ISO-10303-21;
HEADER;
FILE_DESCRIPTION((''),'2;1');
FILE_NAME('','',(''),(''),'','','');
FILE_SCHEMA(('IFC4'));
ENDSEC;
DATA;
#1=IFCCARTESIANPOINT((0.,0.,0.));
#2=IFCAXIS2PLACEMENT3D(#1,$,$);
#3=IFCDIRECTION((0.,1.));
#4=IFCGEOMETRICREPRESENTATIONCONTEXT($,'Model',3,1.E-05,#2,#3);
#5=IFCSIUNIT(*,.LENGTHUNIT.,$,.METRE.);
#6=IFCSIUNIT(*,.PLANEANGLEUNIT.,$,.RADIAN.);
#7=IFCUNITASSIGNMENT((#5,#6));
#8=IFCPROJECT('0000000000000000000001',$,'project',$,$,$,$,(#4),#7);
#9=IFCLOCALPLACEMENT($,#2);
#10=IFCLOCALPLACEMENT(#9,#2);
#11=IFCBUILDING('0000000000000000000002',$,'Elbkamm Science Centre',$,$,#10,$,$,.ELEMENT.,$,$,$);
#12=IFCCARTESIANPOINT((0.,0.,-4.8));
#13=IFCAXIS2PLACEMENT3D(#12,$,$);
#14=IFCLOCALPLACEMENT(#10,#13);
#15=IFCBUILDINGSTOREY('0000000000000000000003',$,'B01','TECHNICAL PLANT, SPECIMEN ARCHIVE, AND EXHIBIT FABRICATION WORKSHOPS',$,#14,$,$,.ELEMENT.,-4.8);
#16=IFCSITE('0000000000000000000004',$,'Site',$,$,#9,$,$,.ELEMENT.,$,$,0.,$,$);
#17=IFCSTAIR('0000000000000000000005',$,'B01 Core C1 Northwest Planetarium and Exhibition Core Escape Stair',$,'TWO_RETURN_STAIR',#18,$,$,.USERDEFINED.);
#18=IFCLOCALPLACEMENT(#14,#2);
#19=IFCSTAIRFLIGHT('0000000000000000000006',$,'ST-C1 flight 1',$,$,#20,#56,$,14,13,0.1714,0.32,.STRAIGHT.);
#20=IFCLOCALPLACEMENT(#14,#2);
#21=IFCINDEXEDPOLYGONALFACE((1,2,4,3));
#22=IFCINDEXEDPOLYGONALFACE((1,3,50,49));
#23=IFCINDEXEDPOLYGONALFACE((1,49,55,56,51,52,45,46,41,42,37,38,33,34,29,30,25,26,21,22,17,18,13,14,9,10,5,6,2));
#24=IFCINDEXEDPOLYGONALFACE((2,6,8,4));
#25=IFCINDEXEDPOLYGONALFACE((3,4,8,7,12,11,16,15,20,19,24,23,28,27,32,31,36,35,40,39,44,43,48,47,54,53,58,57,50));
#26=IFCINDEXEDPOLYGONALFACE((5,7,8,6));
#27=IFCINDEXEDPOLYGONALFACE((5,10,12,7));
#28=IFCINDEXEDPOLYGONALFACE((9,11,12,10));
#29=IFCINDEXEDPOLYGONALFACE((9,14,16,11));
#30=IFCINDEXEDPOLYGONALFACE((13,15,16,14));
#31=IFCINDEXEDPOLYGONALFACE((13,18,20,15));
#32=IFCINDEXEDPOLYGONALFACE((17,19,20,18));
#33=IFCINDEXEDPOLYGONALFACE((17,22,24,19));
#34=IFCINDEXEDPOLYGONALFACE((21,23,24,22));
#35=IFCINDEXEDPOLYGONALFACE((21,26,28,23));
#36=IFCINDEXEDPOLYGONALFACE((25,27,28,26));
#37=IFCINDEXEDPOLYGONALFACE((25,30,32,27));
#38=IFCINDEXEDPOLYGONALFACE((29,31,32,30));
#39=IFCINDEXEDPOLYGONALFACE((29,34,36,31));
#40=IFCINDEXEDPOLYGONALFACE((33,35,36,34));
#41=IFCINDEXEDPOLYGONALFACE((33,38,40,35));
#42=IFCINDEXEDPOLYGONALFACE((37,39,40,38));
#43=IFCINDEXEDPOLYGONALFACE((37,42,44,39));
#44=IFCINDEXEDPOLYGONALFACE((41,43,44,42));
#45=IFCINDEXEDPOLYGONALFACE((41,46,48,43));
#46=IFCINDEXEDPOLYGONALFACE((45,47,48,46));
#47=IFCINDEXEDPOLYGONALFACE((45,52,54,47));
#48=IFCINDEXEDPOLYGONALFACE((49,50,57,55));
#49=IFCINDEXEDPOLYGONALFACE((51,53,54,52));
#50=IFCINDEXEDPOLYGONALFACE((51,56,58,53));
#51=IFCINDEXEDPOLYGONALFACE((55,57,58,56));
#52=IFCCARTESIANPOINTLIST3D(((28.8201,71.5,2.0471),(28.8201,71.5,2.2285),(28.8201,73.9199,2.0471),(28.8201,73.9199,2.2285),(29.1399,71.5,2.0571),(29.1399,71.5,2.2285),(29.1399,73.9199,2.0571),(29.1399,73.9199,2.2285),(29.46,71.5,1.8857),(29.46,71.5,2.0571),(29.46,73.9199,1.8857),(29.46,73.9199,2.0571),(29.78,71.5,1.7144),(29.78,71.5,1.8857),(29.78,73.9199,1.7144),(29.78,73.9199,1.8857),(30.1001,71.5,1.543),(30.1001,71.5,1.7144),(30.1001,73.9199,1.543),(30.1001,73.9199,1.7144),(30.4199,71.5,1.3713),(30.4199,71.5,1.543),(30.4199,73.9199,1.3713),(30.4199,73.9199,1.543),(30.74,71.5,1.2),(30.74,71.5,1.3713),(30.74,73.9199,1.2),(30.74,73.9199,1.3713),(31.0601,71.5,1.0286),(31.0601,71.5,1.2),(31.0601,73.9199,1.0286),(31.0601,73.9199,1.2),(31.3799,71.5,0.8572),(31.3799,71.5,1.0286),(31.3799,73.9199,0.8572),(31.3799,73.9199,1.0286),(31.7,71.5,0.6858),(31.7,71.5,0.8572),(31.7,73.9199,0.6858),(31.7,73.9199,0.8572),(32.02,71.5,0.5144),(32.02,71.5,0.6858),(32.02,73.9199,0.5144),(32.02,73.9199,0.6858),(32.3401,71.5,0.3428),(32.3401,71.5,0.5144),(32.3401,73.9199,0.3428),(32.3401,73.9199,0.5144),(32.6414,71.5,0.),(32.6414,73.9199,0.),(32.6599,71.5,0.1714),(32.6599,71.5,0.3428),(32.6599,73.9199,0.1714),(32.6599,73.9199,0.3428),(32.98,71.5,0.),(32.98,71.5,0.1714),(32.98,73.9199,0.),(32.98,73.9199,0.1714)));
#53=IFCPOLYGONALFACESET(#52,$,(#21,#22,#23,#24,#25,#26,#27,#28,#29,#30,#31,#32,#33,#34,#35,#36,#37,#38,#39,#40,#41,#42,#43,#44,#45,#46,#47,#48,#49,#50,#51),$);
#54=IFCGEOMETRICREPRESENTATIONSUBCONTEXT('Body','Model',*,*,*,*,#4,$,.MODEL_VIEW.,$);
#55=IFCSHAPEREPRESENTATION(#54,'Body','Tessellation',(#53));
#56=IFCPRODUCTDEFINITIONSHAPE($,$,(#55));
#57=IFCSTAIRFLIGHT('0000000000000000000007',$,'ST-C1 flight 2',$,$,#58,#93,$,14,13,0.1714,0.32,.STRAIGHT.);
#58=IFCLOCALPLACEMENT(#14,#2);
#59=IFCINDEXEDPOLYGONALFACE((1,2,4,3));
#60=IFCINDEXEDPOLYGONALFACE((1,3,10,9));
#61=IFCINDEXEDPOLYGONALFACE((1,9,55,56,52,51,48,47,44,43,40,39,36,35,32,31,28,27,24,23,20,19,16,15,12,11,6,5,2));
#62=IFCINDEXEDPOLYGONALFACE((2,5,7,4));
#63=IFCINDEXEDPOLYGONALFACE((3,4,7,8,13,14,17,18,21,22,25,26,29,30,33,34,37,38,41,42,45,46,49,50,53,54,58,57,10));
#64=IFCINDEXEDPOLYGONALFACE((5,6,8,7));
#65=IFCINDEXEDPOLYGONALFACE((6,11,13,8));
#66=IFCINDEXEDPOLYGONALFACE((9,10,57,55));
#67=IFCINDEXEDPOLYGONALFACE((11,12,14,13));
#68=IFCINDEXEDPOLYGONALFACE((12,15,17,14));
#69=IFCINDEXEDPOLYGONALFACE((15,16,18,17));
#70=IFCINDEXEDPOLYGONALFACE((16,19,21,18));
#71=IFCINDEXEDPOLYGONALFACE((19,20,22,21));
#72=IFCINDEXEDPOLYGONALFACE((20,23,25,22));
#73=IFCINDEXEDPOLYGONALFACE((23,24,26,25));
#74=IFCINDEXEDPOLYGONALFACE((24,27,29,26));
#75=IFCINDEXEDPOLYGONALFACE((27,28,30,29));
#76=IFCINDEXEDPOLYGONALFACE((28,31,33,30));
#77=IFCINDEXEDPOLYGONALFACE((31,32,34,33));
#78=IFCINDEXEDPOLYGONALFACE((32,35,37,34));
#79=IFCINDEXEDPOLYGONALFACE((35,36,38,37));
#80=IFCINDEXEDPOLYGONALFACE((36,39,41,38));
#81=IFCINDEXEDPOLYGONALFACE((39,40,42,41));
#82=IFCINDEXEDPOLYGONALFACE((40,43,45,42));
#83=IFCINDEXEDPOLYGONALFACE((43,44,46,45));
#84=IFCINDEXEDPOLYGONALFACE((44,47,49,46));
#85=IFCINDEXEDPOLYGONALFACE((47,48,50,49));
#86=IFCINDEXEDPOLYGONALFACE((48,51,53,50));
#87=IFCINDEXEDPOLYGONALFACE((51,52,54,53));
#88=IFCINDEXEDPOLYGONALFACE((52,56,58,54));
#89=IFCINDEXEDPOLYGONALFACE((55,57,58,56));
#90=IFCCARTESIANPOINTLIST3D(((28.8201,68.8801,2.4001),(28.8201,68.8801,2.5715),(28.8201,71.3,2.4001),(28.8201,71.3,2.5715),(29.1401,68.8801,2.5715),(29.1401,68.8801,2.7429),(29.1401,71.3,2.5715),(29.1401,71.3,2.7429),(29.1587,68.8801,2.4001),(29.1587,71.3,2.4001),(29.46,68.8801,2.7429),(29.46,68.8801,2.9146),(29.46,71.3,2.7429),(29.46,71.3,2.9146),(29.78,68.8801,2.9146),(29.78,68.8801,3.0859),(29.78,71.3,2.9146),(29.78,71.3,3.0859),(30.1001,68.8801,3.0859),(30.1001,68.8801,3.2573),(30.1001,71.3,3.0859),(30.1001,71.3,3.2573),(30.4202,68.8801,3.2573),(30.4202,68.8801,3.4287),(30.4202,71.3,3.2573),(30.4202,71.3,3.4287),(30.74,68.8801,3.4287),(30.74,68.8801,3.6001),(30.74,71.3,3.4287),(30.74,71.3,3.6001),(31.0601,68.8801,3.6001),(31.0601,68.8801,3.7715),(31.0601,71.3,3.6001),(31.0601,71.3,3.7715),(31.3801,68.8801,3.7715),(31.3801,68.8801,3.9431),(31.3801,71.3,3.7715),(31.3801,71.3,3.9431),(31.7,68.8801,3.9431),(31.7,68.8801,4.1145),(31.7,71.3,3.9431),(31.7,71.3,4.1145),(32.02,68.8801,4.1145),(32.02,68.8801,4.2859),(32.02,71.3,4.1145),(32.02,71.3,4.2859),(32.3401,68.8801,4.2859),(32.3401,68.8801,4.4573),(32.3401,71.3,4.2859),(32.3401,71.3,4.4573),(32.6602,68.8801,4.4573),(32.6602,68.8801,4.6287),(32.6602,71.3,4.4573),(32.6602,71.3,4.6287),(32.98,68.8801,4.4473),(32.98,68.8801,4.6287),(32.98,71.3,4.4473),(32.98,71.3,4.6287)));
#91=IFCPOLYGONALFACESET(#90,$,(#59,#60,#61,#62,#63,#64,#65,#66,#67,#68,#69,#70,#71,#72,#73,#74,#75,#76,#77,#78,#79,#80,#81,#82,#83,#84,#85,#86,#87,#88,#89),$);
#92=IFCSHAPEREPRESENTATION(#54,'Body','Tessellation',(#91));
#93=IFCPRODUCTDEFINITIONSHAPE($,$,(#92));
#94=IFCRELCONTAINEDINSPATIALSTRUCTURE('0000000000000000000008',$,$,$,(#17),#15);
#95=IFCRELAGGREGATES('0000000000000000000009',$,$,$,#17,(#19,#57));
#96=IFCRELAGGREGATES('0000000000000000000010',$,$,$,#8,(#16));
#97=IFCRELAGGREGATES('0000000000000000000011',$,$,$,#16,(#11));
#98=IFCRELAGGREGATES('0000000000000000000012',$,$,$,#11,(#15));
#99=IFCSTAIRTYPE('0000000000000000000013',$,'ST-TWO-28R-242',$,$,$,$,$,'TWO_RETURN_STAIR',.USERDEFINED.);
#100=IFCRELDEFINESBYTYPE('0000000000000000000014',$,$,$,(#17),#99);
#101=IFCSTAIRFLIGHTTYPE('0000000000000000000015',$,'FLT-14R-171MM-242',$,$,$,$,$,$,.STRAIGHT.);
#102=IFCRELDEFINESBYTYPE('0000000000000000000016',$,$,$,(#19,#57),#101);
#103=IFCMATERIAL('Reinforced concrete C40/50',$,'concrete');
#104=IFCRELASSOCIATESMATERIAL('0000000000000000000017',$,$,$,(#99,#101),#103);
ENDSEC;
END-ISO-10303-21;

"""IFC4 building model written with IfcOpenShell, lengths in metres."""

from ifc_helpers import new_model, si_unit, direction, frame, origin, place, context, subcontext, project, spatial, polyline, outline, extrude, material, type_object, element, aggregate, save


model = new_model("IFC4")

# Units and contexts
model_context = context("Model", 3, precision=1e-05, world=origin(), true_north=direction((0.0, 1.0)))
body_context = subcontext(model_context, "Body", "Model", "MODEL_VIEW")
ifc_project = project(units=[si_unit("LENGTHUNIT", "METRE"), si_unit("PLANEANGLEUNIT", "RADIAN")], contexts=[model_context])

# Site, building, storey
site_placement = place(None, origin())
site = spatial("IfcSite", under=ifc_project, at=site_placement, Name="Site", CompositionType="ELEMENT", RefElevation=0.0)
building_placement = place(site_placement, origin())
building = spatial("IfcBuilding", under=site, at=building_placement, Name="Elbkamm Science Centre", CompositionType="ELEMENT")
storey_placement = place(building_placement, frame((0.0, 0.0, -4.8)))
storey = spatial("IfcBuildingStorey", under=building, at=storey_placement, Name="B01", Description="TECHNICAL PLANT, SPECIMEN ARCHIVE, AND EXHIBIT FABRICATION WORKSHOPS", CompositionType="ELEMENT", Elevation=-4.8)

# Shared definitions
ifc_material_1 = material(Name="Reinforced concrete C40/50", Category="concrete")

# Stair, stair flights
stair_type = type_object("IfcStairType", Name="ST-TWO-28R-242", ElementType="TWO_RETURN_STAIR", PredefinedType="USERDEFINED", material=ifc_material_1)
stair_placement = place(storey_placement, origin())
stair = element("IfcStair", 1, at=stair_placement, inside=storey, type_object=stair_type, Name="B01 Core C1 Northwest Planetarium and Exhibition Core Escape Stair", ObjectType="TWO_RETURN_STAIR", PredefinedType="USERDEFINED")
stair_flight_type = type_object("IfcStairFlightType", Name="FLT-14R-171MM-242", PredefinedType="STRAIGHT", material=ifc_material_1)
stair_flight_1_placement = place(storey_placement, frame((32.98, 72.71, 0.0), z_axis=(0.0, 0.0, 1.0), x_axis=(-1.0, 0.0, 0.0)))
stair_flight_1 = element("IfcStairFlight", 2, at=stair_flight_1_placement, type_object=stair_flight_type, Name="ST-C1 flight 1", NumberOfRisers=14, NumberOfTreads=13, PredefinedType="STRAIGHT", RiserHeight=0.1714, TreadLength=0.32, context=body_context, shape_type="SweptSolid", body=[
    extrude(outline(polyline([(0.0, 0.0), (0.0, 0.1714), (0.3201, 0.1714), (0.3201, 0.3428), (0.6399, 0.3428), (0.6399, 0.5144), (0.96, 0.5144), (0.96, 0.6858), (1.28, 0.6858), (1.28, 0.8572), (1.6001, 0.8572), (1.6001, 1.0286), (1.9199, 1.0286), (1.9199, 1.2), (2.24, 1.2), (2.24, 1.3713), (2.5601, 1.3713), (2.5601, 1.543), (2.8799, 1.543), (2.8799, 1.7144), (3.2, 1.7144), (3.2, 1.8857), (3.52, 1.8857), (3.52, 2.0571), (3.8401, 2.0571), (3.8401, 2.2285), (4.1599, 2.2285), (4.1599, 2.3999), (4.1599, 2.0471), (0.3386, 0.0), (0.0, 0.0)])), frame((0.0, 1.21, 0.0), z_axis=(0.0, -1.0, 0.0), x_axis=(1.0, 0.0, 0.0)), (0.0, 0.0, 1.0), 2.4199),
])
stair_flight_2_placement = place(storey_placement, frame((28.8201, 70.0901, 2.4001), z_axis=(0.0, 0.0, 1.0), x_axis=(1.0, 0.0, 0.0)))
stair_flight_2 = element("IfcStairFlight", 3, at=stair_flight_2_placement, type_object=stair_flight_type, Name="ST-C1 flight 2", NumberOfRisers=14, NumberOfTreads=13, PredefinedType="STRAIGHT", RiserHeight=0.1714, TreadLength=0.32, context=body_context, shape_type="SweptSolid", body=[
    extrude(outline(polyline([(0.0, 0.0), (0.0, 0.1714), (0.3201, 0.1714), (0.3201, 0.3428), (0.6399, 0.3428), (0.6399, 0.5144), (0.96, 0.5144), (0.96, 0.6858), (1.28, 0.6858), (1.28, 0.8572), (1.6001, 0.8572), (1.6001, 1.0286), (1.9199, 1.0286), (1.9199, 1.2), (2.24, 1.2), (2.24, 1.3713), (2.5601, 1.3713), (2.5601, 1.543), (2.8799, 1.543), (2.8799, 1.7144), (3.2, 1.7144), (3.2, 1.8857), (3.52, 1.8857), (3.52, 2.0571), (3.8401, 2.0571), (3.8401, 2.2285), (4.1599, 2.2285), (4.1599, 2.3999), (4.1599, 2.0471), (0.3386, 0.0), (0.0, 0.0)])), frame((0.0, 1.21, 0.0), z_axis=(0.0, -1.0, 0.0), x_axis=(1.0, 0.0, 0.0)), (0.0, 0.0, 1.0), 2.4199),
])
aggregate(stair, [stair_flight_1, stair_flight_2])

save(model, "model.ifc")
